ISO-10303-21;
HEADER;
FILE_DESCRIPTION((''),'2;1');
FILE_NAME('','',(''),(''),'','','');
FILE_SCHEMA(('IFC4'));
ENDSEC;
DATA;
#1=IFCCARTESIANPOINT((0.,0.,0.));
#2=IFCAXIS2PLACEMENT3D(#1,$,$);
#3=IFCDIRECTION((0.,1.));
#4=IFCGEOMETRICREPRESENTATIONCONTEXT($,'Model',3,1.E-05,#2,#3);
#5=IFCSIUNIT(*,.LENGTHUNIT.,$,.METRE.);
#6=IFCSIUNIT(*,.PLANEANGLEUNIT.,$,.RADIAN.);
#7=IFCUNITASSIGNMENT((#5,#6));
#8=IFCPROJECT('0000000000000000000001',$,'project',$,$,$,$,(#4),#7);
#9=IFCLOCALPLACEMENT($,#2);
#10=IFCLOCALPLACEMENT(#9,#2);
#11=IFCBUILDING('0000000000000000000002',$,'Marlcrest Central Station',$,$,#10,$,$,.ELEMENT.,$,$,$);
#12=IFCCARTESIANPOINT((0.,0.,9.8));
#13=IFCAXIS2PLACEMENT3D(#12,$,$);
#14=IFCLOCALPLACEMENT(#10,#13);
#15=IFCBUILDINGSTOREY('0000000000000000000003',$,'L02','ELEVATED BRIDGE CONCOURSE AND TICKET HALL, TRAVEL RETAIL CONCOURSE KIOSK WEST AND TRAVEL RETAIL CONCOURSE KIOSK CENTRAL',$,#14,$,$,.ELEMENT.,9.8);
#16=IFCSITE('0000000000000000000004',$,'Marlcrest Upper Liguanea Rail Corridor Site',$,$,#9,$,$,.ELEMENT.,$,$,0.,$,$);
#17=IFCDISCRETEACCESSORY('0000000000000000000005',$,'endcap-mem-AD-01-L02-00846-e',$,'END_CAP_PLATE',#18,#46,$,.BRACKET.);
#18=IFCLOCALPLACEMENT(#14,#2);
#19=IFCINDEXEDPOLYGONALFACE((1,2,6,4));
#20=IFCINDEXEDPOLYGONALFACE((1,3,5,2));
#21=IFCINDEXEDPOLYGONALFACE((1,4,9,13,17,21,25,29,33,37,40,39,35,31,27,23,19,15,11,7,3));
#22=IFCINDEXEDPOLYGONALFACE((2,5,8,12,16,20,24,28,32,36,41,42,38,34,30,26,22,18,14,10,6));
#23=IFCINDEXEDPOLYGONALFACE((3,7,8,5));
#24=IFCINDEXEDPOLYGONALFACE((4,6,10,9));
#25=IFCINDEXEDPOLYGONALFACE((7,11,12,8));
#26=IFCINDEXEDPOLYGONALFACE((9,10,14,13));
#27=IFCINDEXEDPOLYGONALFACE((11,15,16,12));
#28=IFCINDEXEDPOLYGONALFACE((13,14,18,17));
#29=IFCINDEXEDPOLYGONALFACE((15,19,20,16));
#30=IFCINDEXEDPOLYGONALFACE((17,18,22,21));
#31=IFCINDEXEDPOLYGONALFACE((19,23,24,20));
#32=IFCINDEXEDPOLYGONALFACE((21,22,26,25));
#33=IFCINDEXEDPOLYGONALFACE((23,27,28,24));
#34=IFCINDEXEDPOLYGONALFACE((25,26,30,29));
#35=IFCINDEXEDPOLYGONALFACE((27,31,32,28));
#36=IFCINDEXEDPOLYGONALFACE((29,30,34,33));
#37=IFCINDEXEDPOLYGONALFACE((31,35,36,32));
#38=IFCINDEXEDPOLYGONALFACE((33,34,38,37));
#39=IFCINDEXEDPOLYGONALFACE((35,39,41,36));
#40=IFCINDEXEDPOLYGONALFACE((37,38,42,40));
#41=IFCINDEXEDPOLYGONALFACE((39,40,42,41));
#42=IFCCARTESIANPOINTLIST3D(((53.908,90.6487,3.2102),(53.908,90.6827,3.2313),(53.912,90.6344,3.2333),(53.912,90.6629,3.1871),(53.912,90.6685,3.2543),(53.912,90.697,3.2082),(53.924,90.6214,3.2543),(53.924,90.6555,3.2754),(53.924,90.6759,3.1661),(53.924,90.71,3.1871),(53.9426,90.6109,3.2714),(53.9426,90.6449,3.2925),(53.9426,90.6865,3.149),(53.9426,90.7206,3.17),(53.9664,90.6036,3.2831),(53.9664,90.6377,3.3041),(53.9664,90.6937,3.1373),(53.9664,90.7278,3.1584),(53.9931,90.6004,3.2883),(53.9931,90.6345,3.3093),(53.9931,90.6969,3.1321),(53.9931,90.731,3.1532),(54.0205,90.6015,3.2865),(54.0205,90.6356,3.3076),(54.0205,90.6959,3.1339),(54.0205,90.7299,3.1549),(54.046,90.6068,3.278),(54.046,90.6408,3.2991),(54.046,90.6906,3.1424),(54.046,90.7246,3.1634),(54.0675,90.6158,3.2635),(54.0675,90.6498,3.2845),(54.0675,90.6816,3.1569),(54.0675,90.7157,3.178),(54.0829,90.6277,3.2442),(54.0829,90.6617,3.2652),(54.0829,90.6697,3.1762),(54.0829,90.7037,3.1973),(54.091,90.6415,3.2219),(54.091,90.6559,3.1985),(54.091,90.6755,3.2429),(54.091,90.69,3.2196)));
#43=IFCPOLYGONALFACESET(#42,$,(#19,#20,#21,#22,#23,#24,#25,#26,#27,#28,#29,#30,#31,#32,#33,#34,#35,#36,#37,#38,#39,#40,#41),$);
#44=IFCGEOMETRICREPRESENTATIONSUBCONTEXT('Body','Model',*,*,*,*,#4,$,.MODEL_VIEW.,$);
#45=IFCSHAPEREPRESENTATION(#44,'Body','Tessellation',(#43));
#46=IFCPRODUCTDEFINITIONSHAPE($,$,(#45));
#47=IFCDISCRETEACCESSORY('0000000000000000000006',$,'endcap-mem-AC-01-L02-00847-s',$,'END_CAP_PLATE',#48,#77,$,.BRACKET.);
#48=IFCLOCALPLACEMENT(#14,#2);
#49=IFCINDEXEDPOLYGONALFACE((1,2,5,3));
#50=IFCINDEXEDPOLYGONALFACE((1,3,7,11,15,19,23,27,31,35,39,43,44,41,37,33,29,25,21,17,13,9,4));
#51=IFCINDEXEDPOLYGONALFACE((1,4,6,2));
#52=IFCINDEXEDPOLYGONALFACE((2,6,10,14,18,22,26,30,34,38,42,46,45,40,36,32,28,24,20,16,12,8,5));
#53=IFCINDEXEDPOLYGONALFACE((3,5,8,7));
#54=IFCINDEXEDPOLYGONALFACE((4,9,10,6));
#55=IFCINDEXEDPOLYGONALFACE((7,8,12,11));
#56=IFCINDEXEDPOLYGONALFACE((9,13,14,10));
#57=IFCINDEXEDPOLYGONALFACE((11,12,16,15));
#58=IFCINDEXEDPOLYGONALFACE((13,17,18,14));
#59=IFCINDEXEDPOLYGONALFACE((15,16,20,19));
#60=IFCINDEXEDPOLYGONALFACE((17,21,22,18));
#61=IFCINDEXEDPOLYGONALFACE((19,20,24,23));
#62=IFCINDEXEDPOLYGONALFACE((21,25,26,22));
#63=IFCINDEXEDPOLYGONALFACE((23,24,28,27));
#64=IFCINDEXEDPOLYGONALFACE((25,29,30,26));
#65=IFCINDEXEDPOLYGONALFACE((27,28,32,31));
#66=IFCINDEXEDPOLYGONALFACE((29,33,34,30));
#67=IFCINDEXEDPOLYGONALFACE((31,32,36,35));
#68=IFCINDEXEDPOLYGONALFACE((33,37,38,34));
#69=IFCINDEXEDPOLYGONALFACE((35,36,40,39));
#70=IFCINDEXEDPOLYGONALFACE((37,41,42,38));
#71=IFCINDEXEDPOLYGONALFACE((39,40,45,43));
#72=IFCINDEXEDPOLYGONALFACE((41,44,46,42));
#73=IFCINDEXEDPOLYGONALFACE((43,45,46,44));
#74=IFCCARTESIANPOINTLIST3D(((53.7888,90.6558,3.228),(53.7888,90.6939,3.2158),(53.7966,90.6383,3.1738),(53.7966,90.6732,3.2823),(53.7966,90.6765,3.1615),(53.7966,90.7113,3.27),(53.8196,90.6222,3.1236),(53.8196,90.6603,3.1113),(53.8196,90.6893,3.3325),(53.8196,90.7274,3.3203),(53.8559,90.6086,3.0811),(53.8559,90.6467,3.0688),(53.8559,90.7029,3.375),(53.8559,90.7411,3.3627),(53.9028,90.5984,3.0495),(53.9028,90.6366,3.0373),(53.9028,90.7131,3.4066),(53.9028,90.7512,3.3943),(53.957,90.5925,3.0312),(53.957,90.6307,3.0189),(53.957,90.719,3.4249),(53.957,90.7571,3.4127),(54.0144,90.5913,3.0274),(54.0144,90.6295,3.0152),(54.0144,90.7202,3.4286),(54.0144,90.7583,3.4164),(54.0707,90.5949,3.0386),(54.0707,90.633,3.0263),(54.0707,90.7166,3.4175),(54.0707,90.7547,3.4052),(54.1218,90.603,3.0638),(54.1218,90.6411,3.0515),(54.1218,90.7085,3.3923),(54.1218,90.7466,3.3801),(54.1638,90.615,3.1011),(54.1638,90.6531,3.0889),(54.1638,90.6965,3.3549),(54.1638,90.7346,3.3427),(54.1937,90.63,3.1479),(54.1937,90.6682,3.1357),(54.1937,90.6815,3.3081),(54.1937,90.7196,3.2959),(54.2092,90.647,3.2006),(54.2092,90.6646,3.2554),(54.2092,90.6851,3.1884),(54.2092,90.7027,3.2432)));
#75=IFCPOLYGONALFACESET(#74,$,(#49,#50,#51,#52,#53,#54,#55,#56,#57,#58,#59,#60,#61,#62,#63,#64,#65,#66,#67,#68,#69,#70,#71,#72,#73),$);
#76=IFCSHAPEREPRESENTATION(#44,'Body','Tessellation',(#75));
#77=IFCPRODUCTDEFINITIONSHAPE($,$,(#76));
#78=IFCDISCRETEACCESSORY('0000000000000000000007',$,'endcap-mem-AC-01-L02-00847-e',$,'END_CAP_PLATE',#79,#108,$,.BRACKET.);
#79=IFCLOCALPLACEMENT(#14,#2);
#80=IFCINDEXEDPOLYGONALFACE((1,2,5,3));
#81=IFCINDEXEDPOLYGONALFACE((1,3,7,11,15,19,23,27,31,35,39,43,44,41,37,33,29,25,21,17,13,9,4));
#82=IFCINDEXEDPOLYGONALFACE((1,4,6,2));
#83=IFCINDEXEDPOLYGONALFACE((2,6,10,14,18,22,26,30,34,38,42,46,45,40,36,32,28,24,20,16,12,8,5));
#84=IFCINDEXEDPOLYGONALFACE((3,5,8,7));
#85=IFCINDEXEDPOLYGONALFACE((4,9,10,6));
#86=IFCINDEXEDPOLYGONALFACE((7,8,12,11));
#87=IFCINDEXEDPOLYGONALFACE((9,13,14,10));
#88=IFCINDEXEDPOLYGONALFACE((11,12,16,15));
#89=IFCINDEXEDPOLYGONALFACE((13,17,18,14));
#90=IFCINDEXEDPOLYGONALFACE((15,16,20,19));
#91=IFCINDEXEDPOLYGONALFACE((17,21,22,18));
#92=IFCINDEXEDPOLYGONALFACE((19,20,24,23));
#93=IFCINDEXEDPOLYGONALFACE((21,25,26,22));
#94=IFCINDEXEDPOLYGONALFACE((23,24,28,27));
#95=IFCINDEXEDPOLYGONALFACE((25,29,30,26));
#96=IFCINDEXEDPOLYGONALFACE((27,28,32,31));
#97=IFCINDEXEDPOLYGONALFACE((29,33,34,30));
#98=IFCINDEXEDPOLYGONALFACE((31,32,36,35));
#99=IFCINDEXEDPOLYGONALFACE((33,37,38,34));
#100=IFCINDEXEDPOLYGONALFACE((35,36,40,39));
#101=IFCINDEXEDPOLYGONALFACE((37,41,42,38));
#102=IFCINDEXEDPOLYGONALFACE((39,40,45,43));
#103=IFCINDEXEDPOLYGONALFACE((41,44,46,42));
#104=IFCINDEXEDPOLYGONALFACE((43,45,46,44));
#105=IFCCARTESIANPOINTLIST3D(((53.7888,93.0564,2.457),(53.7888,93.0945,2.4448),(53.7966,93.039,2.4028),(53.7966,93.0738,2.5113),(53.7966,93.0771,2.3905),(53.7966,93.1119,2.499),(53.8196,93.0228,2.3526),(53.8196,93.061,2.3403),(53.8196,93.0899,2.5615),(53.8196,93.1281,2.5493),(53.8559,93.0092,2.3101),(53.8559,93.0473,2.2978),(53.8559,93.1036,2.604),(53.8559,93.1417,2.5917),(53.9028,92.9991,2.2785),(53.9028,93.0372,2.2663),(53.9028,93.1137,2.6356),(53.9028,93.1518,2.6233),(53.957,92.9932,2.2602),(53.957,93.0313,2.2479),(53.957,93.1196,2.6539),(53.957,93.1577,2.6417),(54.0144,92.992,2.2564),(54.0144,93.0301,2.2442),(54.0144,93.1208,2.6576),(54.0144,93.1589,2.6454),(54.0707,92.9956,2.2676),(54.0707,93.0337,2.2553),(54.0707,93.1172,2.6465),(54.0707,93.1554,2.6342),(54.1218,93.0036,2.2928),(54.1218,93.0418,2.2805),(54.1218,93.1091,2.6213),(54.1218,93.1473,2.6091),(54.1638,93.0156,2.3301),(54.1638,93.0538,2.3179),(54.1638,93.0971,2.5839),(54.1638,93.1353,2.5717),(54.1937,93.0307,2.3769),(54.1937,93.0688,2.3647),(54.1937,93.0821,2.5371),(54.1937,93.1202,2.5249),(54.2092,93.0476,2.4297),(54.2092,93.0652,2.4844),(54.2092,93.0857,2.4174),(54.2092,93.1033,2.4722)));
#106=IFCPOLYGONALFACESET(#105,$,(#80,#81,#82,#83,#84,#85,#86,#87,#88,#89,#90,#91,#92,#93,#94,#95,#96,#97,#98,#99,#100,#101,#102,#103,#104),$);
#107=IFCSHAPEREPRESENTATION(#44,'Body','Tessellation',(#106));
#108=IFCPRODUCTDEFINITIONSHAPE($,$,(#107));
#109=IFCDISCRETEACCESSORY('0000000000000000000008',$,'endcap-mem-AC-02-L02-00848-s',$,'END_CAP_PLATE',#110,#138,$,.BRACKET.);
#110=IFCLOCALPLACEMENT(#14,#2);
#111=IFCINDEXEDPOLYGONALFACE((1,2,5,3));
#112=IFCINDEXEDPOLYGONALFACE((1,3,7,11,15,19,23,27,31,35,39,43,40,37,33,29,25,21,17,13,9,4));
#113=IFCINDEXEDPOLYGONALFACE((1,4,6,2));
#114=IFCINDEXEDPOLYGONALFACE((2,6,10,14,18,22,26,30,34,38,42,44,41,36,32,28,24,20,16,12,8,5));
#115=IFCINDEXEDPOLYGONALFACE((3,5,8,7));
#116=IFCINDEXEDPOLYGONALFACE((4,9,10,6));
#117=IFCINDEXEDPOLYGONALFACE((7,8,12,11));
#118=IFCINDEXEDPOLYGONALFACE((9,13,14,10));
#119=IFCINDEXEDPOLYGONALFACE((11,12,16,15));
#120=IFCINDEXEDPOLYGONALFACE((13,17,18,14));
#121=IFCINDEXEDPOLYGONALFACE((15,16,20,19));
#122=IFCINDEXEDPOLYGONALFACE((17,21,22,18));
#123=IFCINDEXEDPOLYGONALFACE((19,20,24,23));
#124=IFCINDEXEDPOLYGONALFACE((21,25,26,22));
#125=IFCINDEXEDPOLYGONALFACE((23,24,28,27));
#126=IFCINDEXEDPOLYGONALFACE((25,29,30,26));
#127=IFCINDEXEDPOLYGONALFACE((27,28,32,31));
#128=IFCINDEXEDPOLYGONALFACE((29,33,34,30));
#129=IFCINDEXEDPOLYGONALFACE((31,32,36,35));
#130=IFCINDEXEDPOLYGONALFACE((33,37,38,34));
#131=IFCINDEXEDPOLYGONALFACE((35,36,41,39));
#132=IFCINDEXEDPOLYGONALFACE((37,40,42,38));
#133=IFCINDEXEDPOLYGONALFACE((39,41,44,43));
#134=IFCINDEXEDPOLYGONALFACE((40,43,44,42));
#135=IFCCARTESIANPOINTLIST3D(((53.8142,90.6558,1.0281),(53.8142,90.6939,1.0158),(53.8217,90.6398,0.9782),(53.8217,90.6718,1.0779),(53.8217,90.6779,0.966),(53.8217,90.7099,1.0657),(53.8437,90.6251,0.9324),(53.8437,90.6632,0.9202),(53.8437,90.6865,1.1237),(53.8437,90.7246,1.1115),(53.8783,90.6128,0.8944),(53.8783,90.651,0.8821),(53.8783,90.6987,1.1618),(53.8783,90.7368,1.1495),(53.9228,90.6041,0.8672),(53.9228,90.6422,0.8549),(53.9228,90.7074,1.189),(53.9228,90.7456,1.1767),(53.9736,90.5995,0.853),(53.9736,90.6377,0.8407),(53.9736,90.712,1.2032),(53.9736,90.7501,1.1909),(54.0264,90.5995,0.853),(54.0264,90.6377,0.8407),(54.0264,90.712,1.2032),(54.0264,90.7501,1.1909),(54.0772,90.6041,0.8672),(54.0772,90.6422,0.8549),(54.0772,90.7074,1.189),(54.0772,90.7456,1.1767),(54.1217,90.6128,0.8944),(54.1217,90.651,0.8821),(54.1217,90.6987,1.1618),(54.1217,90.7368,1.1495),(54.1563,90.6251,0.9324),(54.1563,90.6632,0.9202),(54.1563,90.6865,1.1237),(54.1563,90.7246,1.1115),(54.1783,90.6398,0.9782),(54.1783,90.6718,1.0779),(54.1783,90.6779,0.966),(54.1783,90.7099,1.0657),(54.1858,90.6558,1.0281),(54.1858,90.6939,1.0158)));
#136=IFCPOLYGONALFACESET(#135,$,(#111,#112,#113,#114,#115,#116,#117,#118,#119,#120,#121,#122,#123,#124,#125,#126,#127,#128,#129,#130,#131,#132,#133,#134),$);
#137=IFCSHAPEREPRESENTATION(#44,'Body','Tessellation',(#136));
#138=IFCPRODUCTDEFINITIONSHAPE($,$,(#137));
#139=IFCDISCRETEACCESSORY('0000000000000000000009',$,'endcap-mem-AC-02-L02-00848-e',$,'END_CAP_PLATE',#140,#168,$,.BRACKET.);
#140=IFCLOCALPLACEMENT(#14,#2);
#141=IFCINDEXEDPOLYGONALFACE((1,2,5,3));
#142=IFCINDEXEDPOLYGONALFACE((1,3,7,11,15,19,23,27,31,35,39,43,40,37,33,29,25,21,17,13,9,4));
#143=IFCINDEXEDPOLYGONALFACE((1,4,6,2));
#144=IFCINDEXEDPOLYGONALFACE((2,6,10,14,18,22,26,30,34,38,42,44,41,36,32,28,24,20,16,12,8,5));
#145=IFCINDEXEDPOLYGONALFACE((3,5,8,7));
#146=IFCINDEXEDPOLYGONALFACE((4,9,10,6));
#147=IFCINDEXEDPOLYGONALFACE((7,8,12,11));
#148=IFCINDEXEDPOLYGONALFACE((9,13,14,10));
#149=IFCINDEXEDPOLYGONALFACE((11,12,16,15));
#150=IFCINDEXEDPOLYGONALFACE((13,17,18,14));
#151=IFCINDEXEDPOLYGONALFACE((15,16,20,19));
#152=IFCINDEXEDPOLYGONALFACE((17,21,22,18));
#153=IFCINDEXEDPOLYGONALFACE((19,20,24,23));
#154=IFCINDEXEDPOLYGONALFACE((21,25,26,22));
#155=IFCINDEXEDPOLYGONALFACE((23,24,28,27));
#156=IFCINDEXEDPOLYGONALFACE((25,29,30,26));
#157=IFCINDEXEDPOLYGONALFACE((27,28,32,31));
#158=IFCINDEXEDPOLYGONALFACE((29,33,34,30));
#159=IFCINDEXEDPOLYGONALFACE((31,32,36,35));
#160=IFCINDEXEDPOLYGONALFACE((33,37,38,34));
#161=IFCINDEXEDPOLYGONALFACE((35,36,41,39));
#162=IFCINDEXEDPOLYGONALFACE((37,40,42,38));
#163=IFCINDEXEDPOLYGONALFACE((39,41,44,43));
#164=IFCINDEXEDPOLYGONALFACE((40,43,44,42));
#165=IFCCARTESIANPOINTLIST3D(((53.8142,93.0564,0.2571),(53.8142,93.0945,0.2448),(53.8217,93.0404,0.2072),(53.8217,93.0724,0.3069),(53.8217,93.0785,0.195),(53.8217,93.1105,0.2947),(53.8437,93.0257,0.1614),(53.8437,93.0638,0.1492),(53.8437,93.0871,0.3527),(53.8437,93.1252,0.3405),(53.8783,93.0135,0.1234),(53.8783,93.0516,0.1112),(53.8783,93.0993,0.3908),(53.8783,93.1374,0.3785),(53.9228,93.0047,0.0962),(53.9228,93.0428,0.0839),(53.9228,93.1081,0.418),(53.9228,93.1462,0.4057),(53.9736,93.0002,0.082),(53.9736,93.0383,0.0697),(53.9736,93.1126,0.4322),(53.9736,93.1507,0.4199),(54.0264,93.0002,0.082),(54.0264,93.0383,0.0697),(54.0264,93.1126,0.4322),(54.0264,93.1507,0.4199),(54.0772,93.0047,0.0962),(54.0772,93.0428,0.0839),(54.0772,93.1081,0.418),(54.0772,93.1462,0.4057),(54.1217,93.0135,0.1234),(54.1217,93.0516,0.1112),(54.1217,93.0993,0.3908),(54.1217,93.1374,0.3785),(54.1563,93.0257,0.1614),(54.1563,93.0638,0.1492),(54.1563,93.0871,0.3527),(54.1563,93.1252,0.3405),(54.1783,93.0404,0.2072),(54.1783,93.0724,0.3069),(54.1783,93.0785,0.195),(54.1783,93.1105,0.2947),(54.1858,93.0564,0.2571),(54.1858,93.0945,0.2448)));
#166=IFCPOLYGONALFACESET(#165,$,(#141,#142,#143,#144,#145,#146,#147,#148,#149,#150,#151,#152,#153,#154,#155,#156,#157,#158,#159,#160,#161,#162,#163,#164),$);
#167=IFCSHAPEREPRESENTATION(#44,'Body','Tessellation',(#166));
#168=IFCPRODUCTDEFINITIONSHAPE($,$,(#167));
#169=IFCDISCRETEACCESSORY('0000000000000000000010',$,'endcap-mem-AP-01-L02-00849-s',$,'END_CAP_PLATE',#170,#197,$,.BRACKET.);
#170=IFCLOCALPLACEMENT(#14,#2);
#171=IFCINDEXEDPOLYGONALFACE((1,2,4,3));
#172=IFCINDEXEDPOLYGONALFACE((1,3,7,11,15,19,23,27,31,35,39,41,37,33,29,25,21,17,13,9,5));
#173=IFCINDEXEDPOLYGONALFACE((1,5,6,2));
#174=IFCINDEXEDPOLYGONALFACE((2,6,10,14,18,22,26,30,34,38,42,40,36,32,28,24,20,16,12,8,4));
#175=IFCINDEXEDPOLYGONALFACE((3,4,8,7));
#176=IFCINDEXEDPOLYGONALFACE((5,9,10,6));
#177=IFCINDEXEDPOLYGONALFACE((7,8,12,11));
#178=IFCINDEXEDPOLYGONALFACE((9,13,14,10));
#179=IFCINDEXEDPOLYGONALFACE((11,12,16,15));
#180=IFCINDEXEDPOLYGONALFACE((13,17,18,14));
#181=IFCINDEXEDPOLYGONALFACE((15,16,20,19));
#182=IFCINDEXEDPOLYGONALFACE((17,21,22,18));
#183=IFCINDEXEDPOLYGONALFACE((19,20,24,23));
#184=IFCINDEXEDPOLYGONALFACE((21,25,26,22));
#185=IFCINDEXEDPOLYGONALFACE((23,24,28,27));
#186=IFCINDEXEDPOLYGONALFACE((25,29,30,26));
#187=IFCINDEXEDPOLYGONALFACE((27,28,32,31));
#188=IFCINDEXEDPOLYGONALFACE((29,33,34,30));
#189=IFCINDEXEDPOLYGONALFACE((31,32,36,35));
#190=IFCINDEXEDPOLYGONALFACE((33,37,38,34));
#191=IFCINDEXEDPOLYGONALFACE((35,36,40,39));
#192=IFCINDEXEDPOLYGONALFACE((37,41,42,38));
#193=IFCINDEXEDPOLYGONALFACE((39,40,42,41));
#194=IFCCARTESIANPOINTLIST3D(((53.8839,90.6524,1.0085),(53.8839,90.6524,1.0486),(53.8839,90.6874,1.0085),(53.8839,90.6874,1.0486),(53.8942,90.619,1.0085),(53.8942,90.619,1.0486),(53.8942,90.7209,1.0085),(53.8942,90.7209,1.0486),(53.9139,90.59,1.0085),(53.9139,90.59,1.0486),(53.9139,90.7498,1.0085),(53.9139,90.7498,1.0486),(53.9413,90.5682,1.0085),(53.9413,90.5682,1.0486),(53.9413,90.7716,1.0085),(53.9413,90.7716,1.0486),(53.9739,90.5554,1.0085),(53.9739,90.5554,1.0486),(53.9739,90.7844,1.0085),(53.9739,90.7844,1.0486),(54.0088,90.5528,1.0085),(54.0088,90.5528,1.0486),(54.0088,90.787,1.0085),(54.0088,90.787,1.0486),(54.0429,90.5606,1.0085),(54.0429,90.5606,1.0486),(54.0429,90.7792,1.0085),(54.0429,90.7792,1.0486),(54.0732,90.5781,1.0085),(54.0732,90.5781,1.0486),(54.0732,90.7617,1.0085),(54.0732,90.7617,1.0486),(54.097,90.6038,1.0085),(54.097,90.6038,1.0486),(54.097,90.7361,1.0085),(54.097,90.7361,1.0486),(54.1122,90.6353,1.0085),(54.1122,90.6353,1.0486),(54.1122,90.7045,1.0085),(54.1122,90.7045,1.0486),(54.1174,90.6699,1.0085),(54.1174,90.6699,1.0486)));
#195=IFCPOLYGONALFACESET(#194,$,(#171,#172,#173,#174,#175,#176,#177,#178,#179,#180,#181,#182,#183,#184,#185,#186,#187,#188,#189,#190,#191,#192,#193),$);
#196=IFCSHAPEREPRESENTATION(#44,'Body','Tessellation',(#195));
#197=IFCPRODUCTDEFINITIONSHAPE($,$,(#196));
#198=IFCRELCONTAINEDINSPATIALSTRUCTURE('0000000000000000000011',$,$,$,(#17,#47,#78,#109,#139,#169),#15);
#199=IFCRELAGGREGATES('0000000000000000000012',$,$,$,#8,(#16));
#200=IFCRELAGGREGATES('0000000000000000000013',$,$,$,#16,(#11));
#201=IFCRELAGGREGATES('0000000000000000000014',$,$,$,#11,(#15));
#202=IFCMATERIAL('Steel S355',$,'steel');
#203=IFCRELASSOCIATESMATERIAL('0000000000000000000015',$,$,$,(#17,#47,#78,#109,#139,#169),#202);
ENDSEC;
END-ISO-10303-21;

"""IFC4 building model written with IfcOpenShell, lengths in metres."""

from ifc_helpers import new_model, si_unit, direction, frame, origin, origin_2d, place, context, subcontext, project, spatial, circle, extrude, material, element, save


model = new_model("IFC4")

# Units and contexts
model_context = context("Model", 3, precision=1e-05, world=origin(), true_north=direction((0.0, 1.0)))
body_context = subcontext(model_context, "Body", "Model", "MODEL_VIEW")
ifc_project = project(units=[si_unit("LENGTHUNIT", "METRE"), si_unit("PLANEANGLEUNIT", "RADIAN")], contexts=[model_context])

# Site, building, storey
site_placement = place(None, origin())
site = spatial("IfcSite", under=ifc_project, at=site_placement, Name="Marlcrest Upper Liguanea Rail Corridor Site", CompositionType="ELEMENT", RefElevation=0.0)
building_placement = place(site_placement, origin())
building = spatial("IfcBuilding", under=site, at=building_placement, Name="Marlcrest Central Station", CompositionType="ELEMENT")
storey_placement = place(building_placement, frame((0.0, 0.0, 9.8)))
storey = spatial("IfcBuildingStorey", under=building, at=storey_placement, Name="L02", Description="ELEVATED BRIDGE CONCOURSE AND TICKET HALL, TRAVEL RETAIL CONCOURSE KIOSK WEST AND TRAVEL RETAIL CONCOURSE KIOSK CENTRAL", CompositionType="ELEMENT", Elevation=9.8)

# Shared definitions
ifc_material_1 = material(Name="Steel S355", Category="steel")

# Discrete accessories
discrete_accessory_1_placement = place(storey_placement, frame((54.0, 90.6487, 3.2102), z_axis=(0.0, 0.850687, 0.525672), x_axis=(-1.0, 0.0, 0.0)))
element("IfcDiscreteAccessory", 1, at=discrete_accessory_1_placement, inside=storey, material=ifc_material_1, Name="endcap-mem-AD-01-L02-00846-e", ObjectType="END_CAP_PLATE", PredefinedType="BRACKET", context=body_context, shape_type="SweptSolid", body=[
    extrude(circle(Radius=0.092, at=origin_2d()), origin(), (0.0, 0.0, 1.0), 0.04),
])
for number, where, z_axis, x_axis, name in (
    (2, (54.0, 90.6558, 3.228), (0.0, 0.952117, -0.305734), (-1.0, 0.0, 0.0), "endcap-mem-AC-01-L02-00847-s"),
    (3, (54.0, 93.0564, 2.457), (0.0, 0.952117, -0.305734), (-1.0, 0.0, 0.0), "endcap-mem-AC-01-L02-00847-e"),
):
    element("IfcDiscreteAccessory", number, at=place(storey_placement, frame(where, z_axis=z_axis, x_axis=x_axis)), inside=storey, material=ifc_material_1, Name=name, ObjectType="END_CAP_PLATE", PredefinedType="BRACKET", context=body_context, shape_type="SweptSolid", body=[
        extrude(circle(Radius=0.2112, at=origin_2d()), origin(), (0.0, 0.0, 1.0), 0.04),
    ])
for number, where, z_axis, x_axis, name in (
    (4, (54.0, 90.6558, 1.0281), (0.0, 0.952117, -0.305734), (-1.0, 0.0, 0.0), "endcap-mem-AC-02-L02-00848-s"),
    (5, (54.0, 93.0564, 0.2571), (0.0, 0.952117, -0.305734), (-1.0, 0.0, 0.0), "endcap-mem-AC-02-L02-00848-e"),
):
    element("IfcDiscreteAccessory", number, at=place(storey_placement, frame(where, z_axis=z_axis, x_axis=x_axis)), inside=storey, material=ifc_material_1, Name=name, ObjectType="END_CAP_PLATE", PredefinedType="BRACKET", context=body_context, shape_type="SweptSolid", body=[
        extrude(circle(Radius=0.1858, at=origin_2d()), origin(), (0.0, 0.0, 1.0), 0.04),
    ])
for number, where, z_axis, x_axis, name in (
    (6, (54.0, 90.6699, 1.0085), (0.0, 0.0, 1.0), (1.0, 0.0, 0.0), "endcap-mem-AP-01-L02-00849-s"),
):
    element("IfcDiscreteAccessory", number, at=place(storey_placement, frame(where, z_axis=z_axis, x_axis=x_axis)), inside=storey, material=ifc_material_1, Name=name, ObjectType="END_CAP_PLATE", PredefinedType="BRACKET", context=body_context, shape_type="SweptSolid", body=[
        extrude(circle(Radius=0.1174, at=origin_2d()), origin(), (0.0, 0.0, 1.0), 0.04),
    ])

save(model, "model.ifc")
